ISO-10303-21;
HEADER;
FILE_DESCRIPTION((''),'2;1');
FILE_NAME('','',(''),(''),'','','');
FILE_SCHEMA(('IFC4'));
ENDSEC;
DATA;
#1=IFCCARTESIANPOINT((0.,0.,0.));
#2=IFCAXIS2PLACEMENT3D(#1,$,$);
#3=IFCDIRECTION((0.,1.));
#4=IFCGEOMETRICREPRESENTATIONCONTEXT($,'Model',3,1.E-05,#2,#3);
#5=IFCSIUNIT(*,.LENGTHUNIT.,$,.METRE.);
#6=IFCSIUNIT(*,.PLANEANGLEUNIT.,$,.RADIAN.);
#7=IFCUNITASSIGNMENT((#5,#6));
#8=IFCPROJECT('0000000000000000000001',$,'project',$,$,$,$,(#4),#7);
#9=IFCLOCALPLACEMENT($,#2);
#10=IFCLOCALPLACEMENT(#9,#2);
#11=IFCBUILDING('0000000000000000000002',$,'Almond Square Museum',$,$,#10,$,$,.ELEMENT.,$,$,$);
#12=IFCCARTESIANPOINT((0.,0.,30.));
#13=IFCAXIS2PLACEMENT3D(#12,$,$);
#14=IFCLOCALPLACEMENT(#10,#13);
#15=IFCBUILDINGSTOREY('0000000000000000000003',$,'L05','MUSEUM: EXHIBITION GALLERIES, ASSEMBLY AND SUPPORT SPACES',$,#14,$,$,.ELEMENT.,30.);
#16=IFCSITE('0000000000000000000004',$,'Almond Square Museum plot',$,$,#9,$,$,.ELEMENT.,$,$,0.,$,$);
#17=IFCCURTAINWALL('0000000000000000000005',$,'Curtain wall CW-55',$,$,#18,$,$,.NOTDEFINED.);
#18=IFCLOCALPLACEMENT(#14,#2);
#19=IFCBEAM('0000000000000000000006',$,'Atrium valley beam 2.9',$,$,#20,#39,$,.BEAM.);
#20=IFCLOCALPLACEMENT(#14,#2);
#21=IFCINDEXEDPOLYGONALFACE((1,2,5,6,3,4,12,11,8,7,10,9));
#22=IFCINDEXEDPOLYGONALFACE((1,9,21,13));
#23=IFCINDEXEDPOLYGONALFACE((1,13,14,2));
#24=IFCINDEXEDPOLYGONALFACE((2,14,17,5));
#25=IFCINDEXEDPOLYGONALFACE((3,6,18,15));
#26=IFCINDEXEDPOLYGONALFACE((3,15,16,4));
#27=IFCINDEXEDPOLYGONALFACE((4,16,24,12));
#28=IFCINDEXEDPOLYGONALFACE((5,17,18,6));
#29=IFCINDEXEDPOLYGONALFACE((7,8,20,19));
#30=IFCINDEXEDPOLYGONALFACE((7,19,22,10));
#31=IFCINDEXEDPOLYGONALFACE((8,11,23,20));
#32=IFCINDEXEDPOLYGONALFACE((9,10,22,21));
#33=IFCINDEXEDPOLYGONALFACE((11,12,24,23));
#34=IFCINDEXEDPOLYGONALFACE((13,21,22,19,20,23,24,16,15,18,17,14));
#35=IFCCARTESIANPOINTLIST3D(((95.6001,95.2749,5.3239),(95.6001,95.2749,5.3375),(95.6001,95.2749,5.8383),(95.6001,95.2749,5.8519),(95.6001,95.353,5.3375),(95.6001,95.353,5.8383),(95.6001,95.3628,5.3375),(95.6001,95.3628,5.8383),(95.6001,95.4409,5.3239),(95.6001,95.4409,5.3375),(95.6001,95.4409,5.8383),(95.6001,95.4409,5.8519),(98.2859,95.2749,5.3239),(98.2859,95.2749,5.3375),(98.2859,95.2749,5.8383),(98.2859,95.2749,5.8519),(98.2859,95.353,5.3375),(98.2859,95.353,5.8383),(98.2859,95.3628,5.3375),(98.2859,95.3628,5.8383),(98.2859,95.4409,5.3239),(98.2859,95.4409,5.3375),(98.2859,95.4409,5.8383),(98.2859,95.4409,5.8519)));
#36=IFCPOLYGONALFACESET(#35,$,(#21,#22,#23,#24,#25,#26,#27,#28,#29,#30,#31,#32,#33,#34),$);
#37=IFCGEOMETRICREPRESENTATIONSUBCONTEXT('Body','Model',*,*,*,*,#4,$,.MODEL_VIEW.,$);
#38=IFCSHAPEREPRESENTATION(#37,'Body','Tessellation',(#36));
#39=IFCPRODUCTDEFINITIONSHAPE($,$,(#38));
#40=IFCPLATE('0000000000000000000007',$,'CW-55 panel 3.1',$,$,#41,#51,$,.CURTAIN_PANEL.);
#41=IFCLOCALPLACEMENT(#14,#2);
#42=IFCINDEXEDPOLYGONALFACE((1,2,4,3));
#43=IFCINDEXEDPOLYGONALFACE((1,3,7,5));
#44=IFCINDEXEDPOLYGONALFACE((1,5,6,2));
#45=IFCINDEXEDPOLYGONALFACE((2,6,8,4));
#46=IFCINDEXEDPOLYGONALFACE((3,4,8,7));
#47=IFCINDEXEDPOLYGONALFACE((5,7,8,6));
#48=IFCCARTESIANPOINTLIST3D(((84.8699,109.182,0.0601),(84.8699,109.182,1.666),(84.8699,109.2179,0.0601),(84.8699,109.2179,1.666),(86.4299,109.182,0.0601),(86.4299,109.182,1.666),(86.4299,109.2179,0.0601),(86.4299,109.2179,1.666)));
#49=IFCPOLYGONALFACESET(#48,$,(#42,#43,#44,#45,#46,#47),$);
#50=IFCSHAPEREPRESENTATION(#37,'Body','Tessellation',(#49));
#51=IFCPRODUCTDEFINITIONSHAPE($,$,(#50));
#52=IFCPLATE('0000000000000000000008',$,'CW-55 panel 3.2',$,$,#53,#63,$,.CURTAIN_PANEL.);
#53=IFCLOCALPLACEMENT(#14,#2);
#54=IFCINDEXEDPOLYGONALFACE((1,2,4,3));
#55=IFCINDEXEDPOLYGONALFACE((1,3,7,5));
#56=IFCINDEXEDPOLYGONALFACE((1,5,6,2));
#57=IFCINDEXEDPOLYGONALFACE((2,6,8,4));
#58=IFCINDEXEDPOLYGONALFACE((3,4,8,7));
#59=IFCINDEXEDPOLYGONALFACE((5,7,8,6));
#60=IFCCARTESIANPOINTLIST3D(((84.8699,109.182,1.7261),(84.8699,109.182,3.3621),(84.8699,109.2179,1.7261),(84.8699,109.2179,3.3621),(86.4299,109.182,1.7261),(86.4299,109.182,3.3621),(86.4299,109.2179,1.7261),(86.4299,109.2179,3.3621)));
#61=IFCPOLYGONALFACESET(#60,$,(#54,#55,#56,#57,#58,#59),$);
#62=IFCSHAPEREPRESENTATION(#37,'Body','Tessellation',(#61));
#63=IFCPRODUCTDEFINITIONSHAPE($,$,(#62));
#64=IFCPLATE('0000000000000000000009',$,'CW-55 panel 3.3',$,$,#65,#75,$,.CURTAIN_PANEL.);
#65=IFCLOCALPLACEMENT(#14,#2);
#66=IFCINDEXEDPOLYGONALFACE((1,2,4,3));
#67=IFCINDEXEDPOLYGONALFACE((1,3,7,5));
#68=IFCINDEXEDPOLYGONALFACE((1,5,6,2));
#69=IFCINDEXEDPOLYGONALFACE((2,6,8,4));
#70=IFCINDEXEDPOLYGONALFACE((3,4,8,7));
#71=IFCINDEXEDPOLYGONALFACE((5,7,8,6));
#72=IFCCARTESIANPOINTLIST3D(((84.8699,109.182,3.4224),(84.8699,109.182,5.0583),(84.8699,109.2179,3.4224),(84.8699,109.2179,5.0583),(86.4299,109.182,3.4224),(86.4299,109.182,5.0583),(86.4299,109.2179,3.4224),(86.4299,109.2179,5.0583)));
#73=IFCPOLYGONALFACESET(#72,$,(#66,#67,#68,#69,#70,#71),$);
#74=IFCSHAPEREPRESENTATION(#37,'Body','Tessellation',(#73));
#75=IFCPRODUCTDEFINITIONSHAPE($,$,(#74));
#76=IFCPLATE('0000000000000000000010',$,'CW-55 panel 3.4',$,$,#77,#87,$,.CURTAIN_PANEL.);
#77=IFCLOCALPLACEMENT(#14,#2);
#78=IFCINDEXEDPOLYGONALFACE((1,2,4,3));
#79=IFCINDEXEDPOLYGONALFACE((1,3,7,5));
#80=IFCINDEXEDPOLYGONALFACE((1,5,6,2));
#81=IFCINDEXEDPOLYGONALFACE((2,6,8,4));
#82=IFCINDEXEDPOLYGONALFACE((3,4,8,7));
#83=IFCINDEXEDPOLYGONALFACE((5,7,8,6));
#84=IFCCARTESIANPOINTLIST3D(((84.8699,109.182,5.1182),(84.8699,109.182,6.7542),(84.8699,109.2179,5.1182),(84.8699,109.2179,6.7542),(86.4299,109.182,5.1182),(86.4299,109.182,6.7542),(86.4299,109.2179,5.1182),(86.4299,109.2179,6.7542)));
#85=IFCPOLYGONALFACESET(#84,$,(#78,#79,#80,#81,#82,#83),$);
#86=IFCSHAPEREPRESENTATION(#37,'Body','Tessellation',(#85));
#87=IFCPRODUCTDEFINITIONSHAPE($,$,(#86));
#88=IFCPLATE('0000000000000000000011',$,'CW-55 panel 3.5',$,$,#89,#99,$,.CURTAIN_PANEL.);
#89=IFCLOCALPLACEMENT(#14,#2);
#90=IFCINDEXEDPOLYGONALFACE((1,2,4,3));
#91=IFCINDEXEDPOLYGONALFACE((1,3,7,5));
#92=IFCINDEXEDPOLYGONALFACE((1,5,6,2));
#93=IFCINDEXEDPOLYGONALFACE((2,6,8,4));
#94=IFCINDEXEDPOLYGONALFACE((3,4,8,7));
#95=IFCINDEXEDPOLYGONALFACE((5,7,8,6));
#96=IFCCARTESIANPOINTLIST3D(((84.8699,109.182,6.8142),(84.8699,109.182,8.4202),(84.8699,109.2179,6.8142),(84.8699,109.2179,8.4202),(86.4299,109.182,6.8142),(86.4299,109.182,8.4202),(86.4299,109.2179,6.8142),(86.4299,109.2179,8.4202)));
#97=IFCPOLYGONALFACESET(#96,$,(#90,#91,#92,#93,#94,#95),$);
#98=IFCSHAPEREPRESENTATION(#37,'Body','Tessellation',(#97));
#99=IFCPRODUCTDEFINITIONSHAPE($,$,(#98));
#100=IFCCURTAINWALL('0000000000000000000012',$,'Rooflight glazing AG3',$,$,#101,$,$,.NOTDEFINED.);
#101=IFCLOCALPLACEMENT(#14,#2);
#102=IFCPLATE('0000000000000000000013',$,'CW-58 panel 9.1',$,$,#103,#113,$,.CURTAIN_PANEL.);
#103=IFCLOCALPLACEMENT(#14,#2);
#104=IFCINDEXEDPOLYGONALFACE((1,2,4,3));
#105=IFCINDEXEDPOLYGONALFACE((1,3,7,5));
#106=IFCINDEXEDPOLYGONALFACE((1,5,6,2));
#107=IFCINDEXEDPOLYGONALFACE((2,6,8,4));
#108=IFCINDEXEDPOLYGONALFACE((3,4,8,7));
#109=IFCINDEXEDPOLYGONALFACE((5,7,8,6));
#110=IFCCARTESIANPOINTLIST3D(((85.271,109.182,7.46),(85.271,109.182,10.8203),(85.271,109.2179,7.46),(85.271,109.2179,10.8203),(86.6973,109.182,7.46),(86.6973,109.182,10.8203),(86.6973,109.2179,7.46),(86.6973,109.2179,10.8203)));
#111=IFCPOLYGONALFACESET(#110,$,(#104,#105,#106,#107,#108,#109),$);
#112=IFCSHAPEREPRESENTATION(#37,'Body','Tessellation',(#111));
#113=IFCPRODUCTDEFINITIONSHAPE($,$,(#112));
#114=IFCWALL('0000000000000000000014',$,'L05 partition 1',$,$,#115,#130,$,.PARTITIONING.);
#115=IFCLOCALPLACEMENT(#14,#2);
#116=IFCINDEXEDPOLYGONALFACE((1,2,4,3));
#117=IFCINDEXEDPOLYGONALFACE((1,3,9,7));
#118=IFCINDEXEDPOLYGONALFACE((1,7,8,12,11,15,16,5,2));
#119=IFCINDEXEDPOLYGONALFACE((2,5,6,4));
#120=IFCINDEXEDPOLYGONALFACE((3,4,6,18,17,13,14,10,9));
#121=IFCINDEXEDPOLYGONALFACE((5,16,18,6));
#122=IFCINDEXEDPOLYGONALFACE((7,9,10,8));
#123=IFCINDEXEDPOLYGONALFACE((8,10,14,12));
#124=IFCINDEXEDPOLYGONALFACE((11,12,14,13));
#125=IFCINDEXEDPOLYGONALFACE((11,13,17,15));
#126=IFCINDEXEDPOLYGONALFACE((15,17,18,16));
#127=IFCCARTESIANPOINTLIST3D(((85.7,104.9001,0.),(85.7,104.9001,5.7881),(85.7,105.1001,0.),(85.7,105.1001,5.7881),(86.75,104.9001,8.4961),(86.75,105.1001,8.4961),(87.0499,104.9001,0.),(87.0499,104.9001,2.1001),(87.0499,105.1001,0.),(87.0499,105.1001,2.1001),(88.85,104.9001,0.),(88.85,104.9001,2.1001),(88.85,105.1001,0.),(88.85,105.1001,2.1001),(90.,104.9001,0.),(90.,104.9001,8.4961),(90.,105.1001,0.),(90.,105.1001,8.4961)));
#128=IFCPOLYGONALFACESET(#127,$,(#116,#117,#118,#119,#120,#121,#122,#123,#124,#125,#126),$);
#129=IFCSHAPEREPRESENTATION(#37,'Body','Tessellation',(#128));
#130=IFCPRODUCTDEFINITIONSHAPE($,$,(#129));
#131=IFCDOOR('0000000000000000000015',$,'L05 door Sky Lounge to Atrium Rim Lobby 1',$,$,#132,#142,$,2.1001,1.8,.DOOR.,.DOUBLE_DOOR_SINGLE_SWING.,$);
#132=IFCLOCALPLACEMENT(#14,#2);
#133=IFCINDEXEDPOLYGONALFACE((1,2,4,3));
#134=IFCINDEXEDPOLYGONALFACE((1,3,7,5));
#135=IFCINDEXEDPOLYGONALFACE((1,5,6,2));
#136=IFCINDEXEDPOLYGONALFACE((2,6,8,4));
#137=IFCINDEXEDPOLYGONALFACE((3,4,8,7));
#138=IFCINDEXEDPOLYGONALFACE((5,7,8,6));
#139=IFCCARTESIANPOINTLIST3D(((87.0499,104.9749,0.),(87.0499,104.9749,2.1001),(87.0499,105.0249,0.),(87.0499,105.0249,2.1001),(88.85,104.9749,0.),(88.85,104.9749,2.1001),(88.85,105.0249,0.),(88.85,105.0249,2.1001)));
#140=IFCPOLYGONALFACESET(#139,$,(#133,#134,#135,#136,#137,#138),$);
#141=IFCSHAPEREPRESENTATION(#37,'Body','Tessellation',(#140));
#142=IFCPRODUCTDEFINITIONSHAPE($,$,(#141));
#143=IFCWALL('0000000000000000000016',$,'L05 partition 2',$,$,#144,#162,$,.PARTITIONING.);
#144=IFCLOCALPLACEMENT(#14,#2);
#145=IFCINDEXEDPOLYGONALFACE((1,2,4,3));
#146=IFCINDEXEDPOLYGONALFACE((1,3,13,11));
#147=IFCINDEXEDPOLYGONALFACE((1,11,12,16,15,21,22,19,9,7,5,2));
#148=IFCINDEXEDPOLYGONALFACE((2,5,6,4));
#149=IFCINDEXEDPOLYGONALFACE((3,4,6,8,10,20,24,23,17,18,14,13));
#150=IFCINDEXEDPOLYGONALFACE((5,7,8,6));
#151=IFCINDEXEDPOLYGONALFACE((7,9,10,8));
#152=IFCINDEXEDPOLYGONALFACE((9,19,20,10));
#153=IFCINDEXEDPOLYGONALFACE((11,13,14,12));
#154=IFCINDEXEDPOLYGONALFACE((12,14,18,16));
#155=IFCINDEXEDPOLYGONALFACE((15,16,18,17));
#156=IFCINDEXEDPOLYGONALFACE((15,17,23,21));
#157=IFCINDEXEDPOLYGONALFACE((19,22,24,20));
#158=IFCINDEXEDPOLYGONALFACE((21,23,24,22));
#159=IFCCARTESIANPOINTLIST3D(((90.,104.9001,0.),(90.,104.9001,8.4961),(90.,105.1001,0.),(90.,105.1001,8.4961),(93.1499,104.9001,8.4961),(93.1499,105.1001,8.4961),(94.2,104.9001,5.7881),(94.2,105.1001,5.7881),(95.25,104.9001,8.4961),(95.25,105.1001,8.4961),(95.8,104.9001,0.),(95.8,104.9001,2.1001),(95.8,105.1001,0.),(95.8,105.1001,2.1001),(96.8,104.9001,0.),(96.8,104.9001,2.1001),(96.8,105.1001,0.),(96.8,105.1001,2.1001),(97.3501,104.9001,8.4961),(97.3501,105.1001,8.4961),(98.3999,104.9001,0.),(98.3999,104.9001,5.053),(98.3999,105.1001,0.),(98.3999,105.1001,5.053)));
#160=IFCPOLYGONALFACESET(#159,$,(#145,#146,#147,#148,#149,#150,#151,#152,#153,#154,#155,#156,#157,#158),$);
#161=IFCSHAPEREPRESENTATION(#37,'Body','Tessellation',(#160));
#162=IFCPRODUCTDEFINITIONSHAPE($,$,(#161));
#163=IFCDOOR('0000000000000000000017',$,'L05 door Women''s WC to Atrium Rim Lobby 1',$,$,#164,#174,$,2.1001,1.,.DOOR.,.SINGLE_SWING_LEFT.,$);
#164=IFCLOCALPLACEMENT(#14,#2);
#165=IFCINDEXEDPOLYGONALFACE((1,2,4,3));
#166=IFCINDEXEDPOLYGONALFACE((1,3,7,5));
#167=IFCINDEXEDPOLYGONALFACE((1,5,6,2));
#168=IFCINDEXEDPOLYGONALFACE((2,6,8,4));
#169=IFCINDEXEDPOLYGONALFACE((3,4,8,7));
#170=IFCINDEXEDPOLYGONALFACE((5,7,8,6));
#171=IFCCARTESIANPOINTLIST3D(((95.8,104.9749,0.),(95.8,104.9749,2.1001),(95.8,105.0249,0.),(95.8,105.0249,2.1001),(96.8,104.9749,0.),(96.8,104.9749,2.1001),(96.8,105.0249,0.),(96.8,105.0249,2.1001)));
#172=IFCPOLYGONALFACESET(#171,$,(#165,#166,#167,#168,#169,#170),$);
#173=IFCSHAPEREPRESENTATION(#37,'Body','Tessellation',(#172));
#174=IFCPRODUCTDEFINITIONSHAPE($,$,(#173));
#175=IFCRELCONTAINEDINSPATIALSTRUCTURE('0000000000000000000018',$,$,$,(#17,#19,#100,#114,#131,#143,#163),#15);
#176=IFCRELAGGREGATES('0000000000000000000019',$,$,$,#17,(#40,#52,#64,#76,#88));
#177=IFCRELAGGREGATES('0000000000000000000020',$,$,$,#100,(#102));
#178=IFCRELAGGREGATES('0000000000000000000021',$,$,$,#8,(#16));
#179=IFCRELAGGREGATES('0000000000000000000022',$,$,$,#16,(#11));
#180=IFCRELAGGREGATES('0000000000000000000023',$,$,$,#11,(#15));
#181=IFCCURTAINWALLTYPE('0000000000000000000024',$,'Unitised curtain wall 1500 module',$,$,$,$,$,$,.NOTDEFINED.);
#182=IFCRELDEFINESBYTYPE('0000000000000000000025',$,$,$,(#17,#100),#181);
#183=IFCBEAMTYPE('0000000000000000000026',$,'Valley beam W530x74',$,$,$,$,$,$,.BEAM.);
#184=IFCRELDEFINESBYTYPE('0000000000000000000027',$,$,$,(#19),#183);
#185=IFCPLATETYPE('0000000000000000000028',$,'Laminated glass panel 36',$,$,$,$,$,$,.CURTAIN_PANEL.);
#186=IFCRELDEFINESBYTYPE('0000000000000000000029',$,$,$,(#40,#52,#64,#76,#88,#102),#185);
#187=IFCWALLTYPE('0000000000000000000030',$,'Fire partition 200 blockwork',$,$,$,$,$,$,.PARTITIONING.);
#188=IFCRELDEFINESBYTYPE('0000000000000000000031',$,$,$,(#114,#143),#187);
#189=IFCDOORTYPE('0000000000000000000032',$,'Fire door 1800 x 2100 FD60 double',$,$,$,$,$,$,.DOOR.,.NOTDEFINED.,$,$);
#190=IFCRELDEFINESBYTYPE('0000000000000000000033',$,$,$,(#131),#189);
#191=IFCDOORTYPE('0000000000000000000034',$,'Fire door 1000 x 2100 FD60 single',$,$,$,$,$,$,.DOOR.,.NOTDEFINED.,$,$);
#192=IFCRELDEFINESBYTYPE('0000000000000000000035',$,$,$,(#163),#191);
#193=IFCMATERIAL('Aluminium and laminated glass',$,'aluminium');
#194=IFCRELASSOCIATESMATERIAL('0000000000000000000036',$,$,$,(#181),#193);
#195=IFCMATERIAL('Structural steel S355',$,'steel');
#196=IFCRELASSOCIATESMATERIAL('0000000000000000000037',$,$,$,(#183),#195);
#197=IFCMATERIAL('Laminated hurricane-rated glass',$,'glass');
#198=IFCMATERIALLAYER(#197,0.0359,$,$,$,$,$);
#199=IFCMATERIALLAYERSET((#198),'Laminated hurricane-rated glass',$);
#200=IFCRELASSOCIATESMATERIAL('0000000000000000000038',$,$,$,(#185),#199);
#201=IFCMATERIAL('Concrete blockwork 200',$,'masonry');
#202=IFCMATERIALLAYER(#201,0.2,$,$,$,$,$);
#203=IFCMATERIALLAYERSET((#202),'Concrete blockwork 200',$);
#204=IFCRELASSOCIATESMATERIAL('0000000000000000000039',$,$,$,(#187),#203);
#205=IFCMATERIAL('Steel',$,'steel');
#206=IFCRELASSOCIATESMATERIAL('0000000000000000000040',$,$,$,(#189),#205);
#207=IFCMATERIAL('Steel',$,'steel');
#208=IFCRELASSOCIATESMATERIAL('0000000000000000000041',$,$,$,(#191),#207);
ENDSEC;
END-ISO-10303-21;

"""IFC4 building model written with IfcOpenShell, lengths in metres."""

from ifc_helpers import new_model, si_unit, direction, frame, frame_2d, origin, origin_2d, place, context, subcontext, project, spatial, polyline, rectangle, i_section, outline, extrude, material, layer, layer_set, material_profile, profile_set, type_object, element, fill, aggregate, save


model = new_model("IFC4")

# Units and contexts
model_context = context("Model", 3, precision=1e-05, world=origin(), true_north=direction((0.0, 1.0)))
body_context = subcontext(model_context, "Body", "Model", "MODEL_VIEW")
ifc_project = project(units=[si_unit("LENGTHUNIT", "METRE"), si_unit("PLANEANGLEUNIT", "RADIAN")], contexts=[model_context])

# Site, building, storey
site_placement = place(None, origin())
site = spatial("IfcSite", under=ifc_project, at=site_placement, Name="Almond Square Museum plot", CompositionType="ELEMENT", RefElevation=0.0)
building_placement = place(site_placement, origin())
building = spatial("IfcBuilding", under=site, at=building_placement, Name="Almond Square Museum", CompositionType="ELEMENT")
storey_placement = place(building_placement, frame((0.0, 0.0, 30.0)))
storey = spatial("IfcBuildingStorey", under=building, at=storey_placement, Name="L05", Description="MUSEUM: EXHIBITION GALLERIES, ASSEMBLY AND SUPPORT SPACES", CompositionType="ELEMENT", Elevation=30.0)

# Curtain wall
ifc_material_1 = material(Name="Aluminium and laminated glass", Category="aluminium")
curtain_wall_type = type_object("IfcCurtainWallType", Name="Unitised curtain wall 1500 module", PredefinedType="NOTDEFINED", material=ifc_material_1)
curtain_wall_1_placement = place(storey_placement, origin())
curtain_wall_1 = element("IfcCurtainWall", 1, at=curtain_wall_1_placement, inside=storey, type_object=curtain_wall_type, Name="Curtain wall CW-55", PredefinedType="NOTDEFINED")

# Beam
ifc_material_2 = material(Name="Structural steel S355", Category="steel")
ifc_material_profile_1 = material_profile(ifc_material_2, i_section(OverallWidth=0.166, OverallDepth=0.5281, WebThickness=0.0098, FlangeThickness=0.0137, at=origin_2d()))
ifc_profile_set_1 = profile_set([ifc_material_profile_1], Name="Structural steel S355")
beam_type_1 = type_object("IfcBeamType", Name="Valley beam W530x74", PredefinedType="BEAM", material=ifc_profile_set_1)
beam_1_placement = place(storey_placement, frame((95.6001, 95.3579, 5.5879), z_axis=(1.0, 0.0, 0.0), x_axis=(0.0, 1.0, 0.0)))
element("IfcBeam", 2, at=beam_1_placement, inside=storey, type_object=beam_type_1, Name="Atrium valley beam 2.9", PredefinedType="BEAM", context=body_context, shape_type="SweptSolid", body=[
    extrude(i_section(OverallWidth=0.166, OverallDepth=0.5281, WebThickness=0.0098, FlangeThickness=0.0137, at=origin_2d()), origin(), (0.0, 0.0, 1.0), 2.6858),
])

# Plates
ifc_material_3 = material(Name="Laminated hurricane-rated glass", Category="glass")
ifc_layer_1 = layer(ifc_material_3, 0.0359)
ifc_layer_set_1 = layer_set([ifc_layer_1], Name="Laminated hurricane-rated glass")
plate_type = type_object("IfcPlateType", Name="Laminated glass panel 36", PredefinedType="CURTAIN_PANEL", material=ifc_layer_set_1)
plate_1_placement = place(storey_placement, frame((85.6499, 109.2, 0.0601), z_axis=(0.0, 0.0, 1.0), x_axis=(1.0, 0.0, 0.0)))
plate_1 = element("IfcPlate", 3, at=plate_1_placement, type_object=plate_type, Name="CW-55 panel 3.1", PredefinedType="CURTAIN_PANEL", context=body_context, shape_type="SweptSolid", body=[
    extrude(rectangle(XDim=1.5601, YDim=0.0359, at=origin_2d()), origin(), (0.0, 0.0, 1.0), 1.606),
])
plate_2_placement = place(storey_placement, frame((85.6499, 109.2, 1.7261), z_axis=(0.0, 0.0, 1.0), x_axis=(1.0, 0.0, 0.0)))
plate_2 = element("IfcPlate", 4, at=plate_2_placement, type_object=plate_type, Name="CW-55 panel 3.2", PredefinedType="CURTAIN_PANEL", context=body_context, shape_type="SweptSolid", body=[
    extrude(rectangle(XDim=1.5601, YDim=0.0359, at=origin_2d()), origin(), (0.0, 0.0, 1.0), 1.636),
])
plate_3_placement = place(storey_placement, frame((85.6499, 109.2, 3.4224), z_axis=(0.0, 0.0, 1.0), x_axis=(1.0, 0.0, 0.0)))
plate_3 = element("IfcPlate", 5, at=plate_3_placement, type_object=plate_type, Name="CW-55 panel 3.3", PredefinedType="CURTAIN_PANEL", context=body_context, shape_type="SweptSolid", body=[
    extrude(rectangle(XDim=1.5601, YDim=0.0359, at=origin_2d()), origin(), (0.0, 0.0, 1.0), 1.636),
])
plate_4_placement = place(storey_placement, frame((85.6499, 109.2, 5.1182), z_axis=(0.0, 0.0, 1.0), x_axis=(1.0, 0.0, 0.0)))
plate_4 = element("IfcPlate", 6, at=plate_4_placement, type_object=plate_type, Name="CW-55 panel 3.4", PredefinedType="CURTAIN_PANEL", context=body_context, shape_type="SweptSolid", body=[
    extrude(rectangle(XDim=1.5601, YDim=0.0359, at=origin_2d()), origin(), (0.0, 0.0, 1.0), 1.636),
])
plate_5_placement = place(storey_placement, frame((85.6499, 109.2, 6.8142), z_axis=(0.0, 0.0, 1.0), x_axis=(1.0, 0.0, 0.0)))
plate_5 = element("IfcPlate", 7, at=plate_5_placement, type_object=plate_type, Name="CW-55 panel 3.5", PredefinedType="CURTAIN_PANEL", context=body_context, shape_type="SweptSolid", body=[
    extrude(rectangle(XDim=1.5601, YDim=0.0359, at=origin_2d()), origin(), (0.0, 0.0, 1.0), 1.606),
])
aggregate(curtain_wall_1, [plate_1, plate_2, plate_3, plate_4, plate_5])

# Curtain wall, plate
curtain_wall_2_placement = place(storey_placement, origin())
curtain_wall_2 = element("IfcCurtainWall", 8, at=curtain_wall_2_placement, inside=storey, type_object=curtain_wall_type, Name="Rooflight glazing AG3", PredefinedType="NOTDEFINED")
plate_6_placement = place(storey_placement, frame((85.9841, 109.2, 7.46), z_axis=(0.0, 0.0, 1.0), x_axis=(1.0, 0.0, 0.0)))
plate_6 = element("IfcPlate", 9, at=plate_6_placement, type_object=plate_type, Name="CW-58 panel 9.1", PredefinedType="CURTAIN_PANEL", context=body_context, shape_type="SweptSolid", body=[
    extrude(rectangle(XDim=1.4263, YDim=0.0359, at=origin_2d()), origin(), (0.0, 0.0, 1.0), 3.3604),
])
aggregate(curtain_wall_2, [plate_6])

# Walls, openings, doors
ifc_material_4 = material(Name="Concrete blockwork 200", Category="masonry")
ifc_layer_2 = layer(ifc_material_4, 0.2)
ifc_layer_set_2 = layer_set([ifc_layer_2], Name="Concrete blockwork 200")
wall_type_1 = type_object("IfcWallType", Name="Fire partition 200 blockwork", PredefinedType="PARTITIONING", material=ifc_layer_set_2)
wall_1_placement = place(storey_placement, frame((85.7, 105.0, 0.0), z_axis=(0.0, 0.0, 1.0), x_axis=(1.0, 0.0, 0.0)))
wall_1 = element("IfcWall", 10, at=wall_1_placement, inside=storey, type_object=wall_type_1, Name="L05 partition 1", PredefinedType="PARTITIONING", context=body_context, shape_type="SweptSolid", body=[
    extrude(outline(polyline([(0.0, 0.0), (4.3, 0.0), (4.3, 8.4961), (1.05, 8.4961), (0.0, 5.7881), (0.0, 0.0)])), frame((0.0, 0.1001, 0.0), z_axis=(0.0, -1.0, 0.0), x_axis=(1.0, 0.0, 0.0)), (0.0, 0.0, 1.0), 0.2),
])
opening_1_placement = place(wall_1_placement, frame((1.3501, 0.0, 0.0)))
opening_1 = element("IfcOpeningElement", 11, at=opening_1_placement, cuts=wall_1, PredefinedType="OPENING", context=body_context, shape_type="SweptSolid", body=[
    extrude(rectangle(XDim=1.8, YDim=2.1001, at=frame_2d((0.8999, 1.05))), frame((0.0, 0.1099, 0.0), z_axis=(0.0, -1.0, 0.0), x_axis=(1.0, 0.0, 0.0)), (0.0, 0.0, 1.0), 0.22),
])
ifc_material_5 = material(Name="Steel", Category="steel")
door_type_1 = type_object("IfcDoorType", Name="Fire door 1800 x 2100 FD60 double", OperationType="NOTDEFINED", PredefinedType="DOOR", material=ifc_material_5)
door_1_placement = place(opening_1_placement, origin())
door_1 = element("IfcDoor", 12, at=door_1_placement, inside=storey, type_object=door_type_1, Name="L05 door Sky Lounge to Atrium Rim Lobby 1", OperationType="DOUBLE_DOOR_SINGLE_SWING", OverallHeight=2.1001, OverallWidth=1.8, PredefinedType="DOOR", context=body_context, shape_type="SweptSolid", body=[
    extrude(rectangle(XDim=1.8, YDim=2.1001, at=frame_2d((0.8999, 1.05))), frame((0.0, 0.0249, 0.0), z_axis=(0.0, -1.0, 0.0), x_axis=(1.0, 0.0, 0.0)), (0.0, 0.0, 1.0), 0.05),
])
fill(opening_1, door_1)
wall_2_placement = place(storey_placement, frame((90.0, 105.0, 0.0), z_axis=(0.0, 0.0, 1.0), x_axis=(1.0, 0.0, 0.0)))
wall_2 = element("IfcWall", 13, at=wall_2_placement, inside=storey, type_object=wall_type_1, Name="L05 partition 2", PredefinedType="PARTITIONING", context=body_context, shape_type="SweptSolid", body=[
    extrude(outline(polyline([(0.0, 0.0), (8.3999, 0.0), (8.3999, 5.053), (7.3501, 8.4961), (5.25, 8.4961), (4.2, 5.7881), (3.1499, 8.4961), (0.0, 8.4961), (0.0, 0.0)])), frame((0.0, 0.1001, 0.0), z_axis=(0.0, -1.0, 0.0), x_axis=(1.0, 0.0, 0.0)), (0.0, 0.0, 1.0), 0.2),
])
opening_2_placement = place(wall_2_placement, frame((5.8, 0.0, 0.0)))
opening_2 = element("IfcOpeningElement", 14, at=opening_2_placement, cuts=wall_2, PredefinedType="OPENING", context=body_context, shape_type="SweptSolid", body=[
    extrude(rectangle(XDim=1.0, YDim=2.1001, at=frame_2d((0.5, 1.05))), frame((0.0, 0.1099, 0.0), z_axis=(0.0, -1.0, 0.0), x_axis=(1.0, 0.0, 0.0)), (0.0, 0.0, 1.0), 0.22),
])
ifc_material_6 = material(Name="Steel", Category="steel")
door_type_2 = type_object("IfcDoorType", Name="Fire door 1000 x 2100 FD60 single", OperationType="NOTDEFINED", PredefinedType="DOOR", material=ifc_material_6)
door_2_placement = place(opening_2_placement, origin())
door_2 = element("IfcDoor", 15, at=door_2_placement, inside=storey, type_object=door_type_2, Name="L05 door Women's WC to Atrium Rim Lobby 1", OperationType="SINGLE_SWING_LEFT", OverallHeight=2.1001, OverallWidth=1.0, PredefinedType="DOOR", context=body_context, shape_type="SweptSolid", body=[
    extrude(rectangle(XDim=1.0, YDim=2.1001, at=frame_2d((0.5, 1.05))), frame((0.0, 0.0249, 0.0), z_axis=(0.0, -1.0, 0.0), x_axis=(1.0, 0.0, 0.0)), (0.0, 0.0, 1.0), 0.05),
])
fill(opening_2, door_2)

save(model, "model.ifc")
